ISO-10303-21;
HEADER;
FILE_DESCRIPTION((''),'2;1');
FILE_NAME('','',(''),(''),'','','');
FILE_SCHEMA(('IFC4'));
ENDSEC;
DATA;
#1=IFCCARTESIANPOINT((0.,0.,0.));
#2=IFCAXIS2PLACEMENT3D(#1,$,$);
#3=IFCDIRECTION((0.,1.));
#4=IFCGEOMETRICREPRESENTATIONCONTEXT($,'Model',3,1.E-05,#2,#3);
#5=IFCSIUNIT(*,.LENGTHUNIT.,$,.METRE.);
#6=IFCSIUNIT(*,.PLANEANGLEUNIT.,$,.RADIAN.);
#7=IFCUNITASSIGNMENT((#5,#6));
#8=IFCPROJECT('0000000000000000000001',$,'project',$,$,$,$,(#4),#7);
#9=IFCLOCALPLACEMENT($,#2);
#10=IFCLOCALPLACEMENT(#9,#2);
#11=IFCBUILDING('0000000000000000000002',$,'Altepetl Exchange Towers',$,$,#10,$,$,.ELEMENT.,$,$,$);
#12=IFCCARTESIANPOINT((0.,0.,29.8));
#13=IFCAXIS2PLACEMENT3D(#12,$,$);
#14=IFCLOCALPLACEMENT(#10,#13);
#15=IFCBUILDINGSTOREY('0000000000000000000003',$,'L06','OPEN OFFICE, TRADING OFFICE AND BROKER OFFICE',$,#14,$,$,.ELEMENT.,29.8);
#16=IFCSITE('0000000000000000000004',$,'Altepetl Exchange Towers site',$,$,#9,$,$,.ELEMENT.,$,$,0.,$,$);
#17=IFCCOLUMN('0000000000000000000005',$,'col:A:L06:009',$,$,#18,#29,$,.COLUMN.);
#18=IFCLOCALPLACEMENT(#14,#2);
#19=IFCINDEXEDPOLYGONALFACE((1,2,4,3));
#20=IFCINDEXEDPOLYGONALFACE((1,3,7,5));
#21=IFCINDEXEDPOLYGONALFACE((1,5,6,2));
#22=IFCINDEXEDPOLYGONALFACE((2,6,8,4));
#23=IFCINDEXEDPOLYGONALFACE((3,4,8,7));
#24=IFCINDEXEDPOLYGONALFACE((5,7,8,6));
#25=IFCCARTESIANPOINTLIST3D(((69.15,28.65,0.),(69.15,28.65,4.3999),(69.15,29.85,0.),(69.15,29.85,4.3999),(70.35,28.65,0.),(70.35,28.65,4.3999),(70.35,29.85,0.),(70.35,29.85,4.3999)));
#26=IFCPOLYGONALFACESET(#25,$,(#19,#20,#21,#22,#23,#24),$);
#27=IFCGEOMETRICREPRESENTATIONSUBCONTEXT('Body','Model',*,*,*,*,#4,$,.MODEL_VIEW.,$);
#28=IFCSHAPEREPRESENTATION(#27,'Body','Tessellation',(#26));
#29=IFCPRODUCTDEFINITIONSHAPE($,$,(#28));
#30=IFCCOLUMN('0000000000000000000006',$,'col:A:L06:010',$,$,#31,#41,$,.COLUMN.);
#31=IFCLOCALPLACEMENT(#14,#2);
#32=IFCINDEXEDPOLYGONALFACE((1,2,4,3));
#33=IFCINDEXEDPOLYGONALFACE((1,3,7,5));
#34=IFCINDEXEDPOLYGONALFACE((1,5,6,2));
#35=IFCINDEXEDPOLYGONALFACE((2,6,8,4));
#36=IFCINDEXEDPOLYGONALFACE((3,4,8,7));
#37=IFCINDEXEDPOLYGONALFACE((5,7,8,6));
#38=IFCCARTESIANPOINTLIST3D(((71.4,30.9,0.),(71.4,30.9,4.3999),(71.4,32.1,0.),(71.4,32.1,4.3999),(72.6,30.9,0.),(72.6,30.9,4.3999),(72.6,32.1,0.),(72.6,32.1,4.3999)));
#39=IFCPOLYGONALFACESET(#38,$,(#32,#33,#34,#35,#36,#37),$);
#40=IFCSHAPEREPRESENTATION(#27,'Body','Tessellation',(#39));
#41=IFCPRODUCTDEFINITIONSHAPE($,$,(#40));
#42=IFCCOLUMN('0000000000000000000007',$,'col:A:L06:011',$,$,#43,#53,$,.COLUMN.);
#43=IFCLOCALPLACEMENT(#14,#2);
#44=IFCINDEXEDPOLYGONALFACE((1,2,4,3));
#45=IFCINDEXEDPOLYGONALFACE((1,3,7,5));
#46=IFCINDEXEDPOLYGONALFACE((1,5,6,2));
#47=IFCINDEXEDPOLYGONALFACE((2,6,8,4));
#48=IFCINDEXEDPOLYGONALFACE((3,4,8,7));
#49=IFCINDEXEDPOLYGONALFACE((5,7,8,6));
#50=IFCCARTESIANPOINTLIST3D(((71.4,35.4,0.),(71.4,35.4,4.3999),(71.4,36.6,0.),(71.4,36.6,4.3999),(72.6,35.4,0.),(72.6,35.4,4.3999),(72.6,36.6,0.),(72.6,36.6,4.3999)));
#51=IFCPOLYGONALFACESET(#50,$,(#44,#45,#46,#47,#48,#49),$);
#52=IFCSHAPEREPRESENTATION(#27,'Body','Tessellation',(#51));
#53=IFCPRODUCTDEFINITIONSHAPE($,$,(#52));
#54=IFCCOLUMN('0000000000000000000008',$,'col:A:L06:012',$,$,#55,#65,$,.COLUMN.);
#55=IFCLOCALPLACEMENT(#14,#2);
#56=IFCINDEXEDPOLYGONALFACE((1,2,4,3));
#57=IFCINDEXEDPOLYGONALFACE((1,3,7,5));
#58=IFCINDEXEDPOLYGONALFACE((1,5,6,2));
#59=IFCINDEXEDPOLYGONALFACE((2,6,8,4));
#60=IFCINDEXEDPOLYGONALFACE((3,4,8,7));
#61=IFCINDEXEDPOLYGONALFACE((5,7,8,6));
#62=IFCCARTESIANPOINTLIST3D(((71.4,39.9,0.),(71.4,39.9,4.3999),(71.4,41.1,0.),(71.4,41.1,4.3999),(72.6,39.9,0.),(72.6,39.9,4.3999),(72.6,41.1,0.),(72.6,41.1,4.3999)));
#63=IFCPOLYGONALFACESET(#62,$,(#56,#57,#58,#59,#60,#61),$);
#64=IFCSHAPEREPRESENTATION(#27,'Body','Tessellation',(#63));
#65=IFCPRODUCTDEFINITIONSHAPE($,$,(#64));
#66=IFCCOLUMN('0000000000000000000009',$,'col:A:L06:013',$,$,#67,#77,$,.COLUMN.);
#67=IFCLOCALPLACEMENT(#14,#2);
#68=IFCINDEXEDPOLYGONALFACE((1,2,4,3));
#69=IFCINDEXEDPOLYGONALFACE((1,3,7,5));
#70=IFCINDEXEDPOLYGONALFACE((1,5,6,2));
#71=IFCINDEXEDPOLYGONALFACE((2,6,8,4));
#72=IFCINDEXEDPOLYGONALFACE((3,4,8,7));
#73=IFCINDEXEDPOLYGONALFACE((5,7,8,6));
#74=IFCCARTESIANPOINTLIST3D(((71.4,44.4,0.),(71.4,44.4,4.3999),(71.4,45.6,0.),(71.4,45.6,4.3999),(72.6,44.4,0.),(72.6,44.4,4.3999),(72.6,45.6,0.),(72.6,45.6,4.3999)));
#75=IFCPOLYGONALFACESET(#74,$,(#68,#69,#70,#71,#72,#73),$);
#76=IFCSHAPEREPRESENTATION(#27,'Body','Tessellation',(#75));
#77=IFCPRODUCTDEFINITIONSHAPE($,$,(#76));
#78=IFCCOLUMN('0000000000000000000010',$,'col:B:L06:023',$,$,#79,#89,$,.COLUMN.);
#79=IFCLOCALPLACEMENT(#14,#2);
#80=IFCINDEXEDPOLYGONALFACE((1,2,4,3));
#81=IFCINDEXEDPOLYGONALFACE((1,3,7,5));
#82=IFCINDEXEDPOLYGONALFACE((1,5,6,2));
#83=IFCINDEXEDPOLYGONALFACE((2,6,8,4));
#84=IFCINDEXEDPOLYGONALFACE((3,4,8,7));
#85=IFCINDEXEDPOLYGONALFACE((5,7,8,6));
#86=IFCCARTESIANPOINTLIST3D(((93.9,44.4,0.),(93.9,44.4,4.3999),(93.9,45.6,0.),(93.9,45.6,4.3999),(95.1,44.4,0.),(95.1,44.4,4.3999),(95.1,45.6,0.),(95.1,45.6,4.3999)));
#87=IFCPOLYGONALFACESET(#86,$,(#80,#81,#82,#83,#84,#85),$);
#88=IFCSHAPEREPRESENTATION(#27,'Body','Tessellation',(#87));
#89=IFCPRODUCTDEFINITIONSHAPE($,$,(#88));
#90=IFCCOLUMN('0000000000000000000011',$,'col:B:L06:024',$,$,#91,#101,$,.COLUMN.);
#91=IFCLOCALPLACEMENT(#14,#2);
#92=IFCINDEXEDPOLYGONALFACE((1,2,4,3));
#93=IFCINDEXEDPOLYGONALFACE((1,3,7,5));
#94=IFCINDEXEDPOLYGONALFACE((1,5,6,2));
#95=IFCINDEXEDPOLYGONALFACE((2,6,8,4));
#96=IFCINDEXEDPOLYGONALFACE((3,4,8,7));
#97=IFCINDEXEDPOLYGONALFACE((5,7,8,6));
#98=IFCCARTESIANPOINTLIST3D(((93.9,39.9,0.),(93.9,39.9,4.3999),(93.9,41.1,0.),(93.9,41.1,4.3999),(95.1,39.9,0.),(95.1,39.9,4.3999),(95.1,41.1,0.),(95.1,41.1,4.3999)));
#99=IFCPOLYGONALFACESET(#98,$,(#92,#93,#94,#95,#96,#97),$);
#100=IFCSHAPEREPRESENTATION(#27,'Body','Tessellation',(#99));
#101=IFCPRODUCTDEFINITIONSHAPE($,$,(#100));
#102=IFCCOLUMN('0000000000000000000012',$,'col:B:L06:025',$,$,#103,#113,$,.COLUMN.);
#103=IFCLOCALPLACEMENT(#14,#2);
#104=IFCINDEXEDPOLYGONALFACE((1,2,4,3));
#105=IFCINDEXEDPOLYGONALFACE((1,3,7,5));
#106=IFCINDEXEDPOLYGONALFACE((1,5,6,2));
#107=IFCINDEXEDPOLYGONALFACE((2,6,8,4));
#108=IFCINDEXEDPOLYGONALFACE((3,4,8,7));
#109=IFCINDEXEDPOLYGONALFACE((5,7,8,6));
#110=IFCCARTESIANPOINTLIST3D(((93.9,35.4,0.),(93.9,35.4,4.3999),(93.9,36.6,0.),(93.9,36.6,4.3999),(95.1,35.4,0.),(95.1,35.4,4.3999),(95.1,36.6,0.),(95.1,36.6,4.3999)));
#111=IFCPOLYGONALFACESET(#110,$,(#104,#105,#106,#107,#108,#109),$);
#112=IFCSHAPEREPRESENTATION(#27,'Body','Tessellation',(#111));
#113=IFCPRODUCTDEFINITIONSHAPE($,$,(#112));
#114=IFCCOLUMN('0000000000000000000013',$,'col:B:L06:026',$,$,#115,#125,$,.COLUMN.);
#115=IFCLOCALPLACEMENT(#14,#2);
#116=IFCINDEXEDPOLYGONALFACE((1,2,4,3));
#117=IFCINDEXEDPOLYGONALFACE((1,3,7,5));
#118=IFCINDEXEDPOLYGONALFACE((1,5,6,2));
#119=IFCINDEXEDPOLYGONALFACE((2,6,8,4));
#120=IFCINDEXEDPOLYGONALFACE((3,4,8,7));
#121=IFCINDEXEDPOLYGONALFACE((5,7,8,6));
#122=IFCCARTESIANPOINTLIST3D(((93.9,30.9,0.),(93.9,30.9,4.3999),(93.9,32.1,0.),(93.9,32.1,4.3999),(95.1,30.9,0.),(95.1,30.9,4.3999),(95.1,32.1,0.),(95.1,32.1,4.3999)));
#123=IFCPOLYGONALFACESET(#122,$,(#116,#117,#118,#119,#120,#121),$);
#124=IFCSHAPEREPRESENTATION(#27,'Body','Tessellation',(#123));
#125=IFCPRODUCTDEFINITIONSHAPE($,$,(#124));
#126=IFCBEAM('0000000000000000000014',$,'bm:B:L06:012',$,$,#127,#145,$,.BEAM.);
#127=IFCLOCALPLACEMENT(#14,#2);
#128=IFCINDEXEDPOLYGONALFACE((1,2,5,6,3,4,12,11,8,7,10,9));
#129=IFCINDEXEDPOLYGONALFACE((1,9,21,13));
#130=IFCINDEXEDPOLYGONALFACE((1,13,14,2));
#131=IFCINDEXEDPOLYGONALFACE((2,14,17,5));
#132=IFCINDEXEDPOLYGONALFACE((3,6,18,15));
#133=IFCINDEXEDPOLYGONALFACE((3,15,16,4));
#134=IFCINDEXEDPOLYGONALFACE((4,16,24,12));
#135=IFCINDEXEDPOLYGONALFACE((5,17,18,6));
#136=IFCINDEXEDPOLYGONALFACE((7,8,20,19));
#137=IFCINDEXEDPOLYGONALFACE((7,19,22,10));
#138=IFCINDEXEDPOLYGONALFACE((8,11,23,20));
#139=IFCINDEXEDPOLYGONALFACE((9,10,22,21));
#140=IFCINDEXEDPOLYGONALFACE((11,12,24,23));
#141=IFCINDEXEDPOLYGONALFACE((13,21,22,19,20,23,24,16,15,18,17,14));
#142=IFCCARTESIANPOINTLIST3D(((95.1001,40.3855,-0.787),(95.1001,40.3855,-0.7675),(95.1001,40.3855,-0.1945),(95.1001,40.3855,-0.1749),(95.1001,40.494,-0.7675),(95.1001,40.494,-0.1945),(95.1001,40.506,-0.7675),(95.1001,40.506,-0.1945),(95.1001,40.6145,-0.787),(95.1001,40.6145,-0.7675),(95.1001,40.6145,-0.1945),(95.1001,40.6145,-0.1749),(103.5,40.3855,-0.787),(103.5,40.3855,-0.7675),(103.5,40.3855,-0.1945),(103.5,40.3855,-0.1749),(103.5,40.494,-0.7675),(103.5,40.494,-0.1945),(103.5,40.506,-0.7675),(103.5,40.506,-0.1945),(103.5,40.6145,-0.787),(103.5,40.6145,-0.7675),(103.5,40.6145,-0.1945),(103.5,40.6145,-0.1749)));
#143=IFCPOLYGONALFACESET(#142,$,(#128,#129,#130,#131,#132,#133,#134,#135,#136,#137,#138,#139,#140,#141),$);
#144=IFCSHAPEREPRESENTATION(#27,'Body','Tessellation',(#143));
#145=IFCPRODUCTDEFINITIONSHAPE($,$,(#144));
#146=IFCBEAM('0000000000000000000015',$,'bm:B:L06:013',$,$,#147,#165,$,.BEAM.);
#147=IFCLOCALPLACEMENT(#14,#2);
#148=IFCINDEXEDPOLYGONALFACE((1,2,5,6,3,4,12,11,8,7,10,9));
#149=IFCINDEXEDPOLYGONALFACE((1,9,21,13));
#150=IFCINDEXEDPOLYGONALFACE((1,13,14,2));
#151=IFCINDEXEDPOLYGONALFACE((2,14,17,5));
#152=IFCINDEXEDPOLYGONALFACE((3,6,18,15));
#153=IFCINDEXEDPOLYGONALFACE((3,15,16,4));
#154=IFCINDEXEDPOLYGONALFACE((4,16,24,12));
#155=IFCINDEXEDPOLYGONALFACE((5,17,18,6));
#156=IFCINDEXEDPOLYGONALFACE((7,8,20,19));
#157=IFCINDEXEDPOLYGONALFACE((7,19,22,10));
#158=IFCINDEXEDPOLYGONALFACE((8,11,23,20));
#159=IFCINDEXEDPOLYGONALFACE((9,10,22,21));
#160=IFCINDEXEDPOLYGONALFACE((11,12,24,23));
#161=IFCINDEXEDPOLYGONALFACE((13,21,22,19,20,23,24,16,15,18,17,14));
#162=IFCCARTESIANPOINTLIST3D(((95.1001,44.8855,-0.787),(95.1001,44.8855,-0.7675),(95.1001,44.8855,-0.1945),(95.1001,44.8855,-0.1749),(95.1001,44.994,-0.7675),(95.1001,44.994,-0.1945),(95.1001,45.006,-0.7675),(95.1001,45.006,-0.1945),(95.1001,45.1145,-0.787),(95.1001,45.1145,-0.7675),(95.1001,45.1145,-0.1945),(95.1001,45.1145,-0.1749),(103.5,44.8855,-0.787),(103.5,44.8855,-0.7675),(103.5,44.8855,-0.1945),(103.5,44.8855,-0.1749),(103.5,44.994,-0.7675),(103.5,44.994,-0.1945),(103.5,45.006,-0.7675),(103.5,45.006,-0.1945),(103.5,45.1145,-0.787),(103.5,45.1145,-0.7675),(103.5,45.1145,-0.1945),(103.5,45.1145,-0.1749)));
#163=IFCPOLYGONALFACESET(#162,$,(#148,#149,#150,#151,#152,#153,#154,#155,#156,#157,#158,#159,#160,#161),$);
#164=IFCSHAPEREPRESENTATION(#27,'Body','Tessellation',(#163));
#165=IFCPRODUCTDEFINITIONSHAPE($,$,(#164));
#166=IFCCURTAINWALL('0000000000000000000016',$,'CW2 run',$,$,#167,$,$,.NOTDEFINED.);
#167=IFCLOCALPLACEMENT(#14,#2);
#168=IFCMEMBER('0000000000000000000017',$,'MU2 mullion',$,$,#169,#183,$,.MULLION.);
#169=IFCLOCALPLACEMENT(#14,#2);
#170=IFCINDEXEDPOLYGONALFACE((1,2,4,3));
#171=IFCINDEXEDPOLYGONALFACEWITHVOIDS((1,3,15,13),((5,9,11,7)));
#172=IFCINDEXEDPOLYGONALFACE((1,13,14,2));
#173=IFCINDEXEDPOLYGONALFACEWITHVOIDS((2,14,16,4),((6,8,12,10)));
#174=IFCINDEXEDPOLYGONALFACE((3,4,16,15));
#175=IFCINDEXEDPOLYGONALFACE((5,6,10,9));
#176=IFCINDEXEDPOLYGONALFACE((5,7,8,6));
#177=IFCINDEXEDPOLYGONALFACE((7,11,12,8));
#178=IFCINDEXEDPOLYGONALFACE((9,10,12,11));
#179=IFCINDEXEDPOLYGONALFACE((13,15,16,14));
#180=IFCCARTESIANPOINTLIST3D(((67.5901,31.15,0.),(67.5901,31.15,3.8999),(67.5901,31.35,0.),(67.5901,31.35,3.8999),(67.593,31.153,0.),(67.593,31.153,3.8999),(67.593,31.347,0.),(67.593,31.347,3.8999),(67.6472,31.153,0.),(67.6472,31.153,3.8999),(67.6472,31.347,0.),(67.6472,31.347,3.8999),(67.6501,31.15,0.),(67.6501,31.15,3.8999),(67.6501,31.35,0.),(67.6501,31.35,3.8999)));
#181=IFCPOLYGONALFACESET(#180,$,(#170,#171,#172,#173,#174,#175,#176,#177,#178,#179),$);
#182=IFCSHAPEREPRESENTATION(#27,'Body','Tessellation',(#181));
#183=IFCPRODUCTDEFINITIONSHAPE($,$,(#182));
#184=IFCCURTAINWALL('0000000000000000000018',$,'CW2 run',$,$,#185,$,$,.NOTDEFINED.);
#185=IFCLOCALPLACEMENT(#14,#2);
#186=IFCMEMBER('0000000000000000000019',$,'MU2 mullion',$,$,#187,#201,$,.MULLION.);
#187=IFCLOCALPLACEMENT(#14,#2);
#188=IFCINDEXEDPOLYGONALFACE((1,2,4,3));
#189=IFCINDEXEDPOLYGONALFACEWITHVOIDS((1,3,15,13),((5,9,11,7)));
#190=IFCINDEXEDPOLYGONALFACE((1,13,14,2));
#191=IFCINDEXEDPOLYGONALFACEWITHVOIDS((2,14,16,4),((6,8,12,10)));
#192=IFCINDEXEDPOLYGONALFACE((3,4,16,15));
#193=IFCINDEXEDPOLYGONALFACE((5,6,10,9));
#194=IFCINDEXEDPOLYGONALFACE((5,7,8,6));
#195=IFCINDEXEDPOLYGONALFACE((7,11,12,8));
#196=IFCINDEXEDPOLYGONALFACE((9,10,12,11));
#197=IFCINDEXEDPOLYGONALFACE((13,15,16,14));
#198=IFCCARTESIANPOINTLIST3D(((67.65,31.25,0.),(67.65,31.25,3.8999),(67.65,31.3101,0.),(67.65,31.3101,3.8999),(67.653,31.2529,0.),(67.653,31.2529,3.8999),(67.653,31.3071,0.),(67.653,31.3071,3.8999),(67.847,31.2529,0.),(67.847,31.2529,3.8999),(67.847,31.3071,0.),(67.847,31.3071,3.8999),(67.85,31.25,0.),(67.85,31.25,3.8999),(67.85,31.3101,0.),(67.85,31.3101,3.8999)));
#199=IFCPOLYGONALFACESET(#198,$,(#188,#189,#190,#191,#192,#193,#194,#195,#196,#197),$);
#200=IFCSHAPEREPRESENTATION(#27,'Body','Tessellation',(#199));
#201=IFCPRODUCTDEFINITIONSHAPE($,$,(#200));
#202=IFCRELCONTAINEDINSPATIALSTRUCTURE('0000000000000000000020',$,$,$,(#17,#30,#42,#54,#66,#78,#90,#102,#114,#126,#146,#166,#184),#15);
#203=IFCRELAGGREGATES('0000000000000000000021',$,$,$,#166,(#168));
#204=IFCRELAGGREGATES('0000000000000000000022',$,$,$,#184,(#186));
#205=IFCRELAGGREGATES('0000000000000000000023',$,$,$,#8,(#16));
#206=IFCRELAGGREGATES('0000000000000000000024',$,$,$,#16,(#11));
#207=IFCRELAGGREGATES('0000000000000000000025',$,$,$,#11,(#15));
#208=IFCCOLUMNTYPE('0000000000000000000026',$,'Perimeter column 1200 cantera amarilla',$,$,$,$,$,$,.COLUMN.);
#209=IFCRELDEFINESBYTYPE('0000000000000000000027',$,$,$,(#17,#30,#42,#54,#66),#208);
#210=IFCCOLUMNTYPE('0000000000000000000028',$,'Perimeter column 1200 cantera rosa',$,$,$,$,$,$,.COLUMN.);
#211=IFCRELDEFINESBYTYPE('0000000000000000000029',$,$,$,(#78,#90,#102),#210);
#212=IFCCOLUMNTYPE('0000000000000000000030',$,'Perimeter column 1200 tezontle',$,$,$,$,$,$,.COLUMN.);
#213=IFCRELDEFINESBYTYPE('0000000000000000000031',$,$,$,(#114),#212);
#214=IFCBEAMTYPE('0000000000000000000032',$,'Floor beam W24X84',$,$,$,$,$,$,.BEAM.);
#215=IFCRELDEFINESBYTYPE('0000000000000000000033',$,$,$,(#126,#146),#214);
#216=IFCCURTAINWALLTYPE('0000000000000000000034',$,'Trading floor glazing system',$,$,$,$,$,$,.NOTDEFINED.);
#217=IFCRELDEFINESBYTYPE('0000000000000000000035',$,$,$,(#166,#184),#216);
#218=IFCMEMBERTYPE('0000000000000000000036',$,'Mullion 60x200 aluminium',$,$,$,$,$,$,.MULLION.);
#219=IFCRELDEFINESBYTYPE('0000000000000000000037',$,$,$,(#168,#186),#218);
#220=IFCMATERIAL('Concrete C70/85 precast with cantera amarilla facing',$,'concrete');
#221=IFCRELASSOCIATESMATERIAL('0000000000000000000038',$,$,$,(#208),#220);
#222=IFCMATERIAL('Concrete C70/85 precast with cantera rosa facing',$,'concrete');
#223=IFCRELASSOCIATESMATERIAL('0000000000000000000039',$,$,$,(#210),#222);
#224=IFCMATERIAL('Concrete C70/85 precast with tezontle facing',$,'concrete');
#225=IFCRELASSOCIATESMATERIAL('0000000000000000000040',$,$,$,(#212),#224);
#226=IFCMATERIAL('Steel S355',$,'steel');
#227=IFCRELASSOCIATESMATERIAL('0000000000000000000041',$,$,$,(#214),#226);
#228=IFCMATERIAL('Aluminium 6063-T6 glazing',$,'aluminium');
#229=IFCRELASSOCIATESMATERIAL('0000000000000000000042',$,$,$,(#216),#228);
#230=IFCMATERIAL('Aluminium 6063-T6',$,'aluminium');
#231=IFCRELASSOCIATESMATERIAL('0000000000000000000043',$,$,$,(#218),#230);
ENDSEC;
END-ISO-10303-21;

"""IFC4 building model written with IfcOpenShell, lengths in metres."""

from ifc_helpers import new_model, si_unit, direction, frame, origin, origin_2d, place, context, subcontext, project, spatial, rectangle, hollow_rectangle, i_section, extrude, material, material_profile, profile_set, type_object, element, aggregate, save


model = new_model("IFC4")

# Units and contexts
model_context = context("Model", 3, precision=1e-05, world=origin(), true_north=direction((0.0, 1.0)))
body_context = subcontext(model_context, "Body", "Model", "MODEL_VIEW")
ifc_project = project(units=[si_unit("LENGTHUNIT", "METRE"), si_unit("PLANEANGLEUNIT", "RADIAN")], contexts=[model_context])

# Site, building, storey
site_placement = place(None, origin())
site = spatial("IfcSite", under=ifc_project, at=site_placement, Name="Altepetl Exchange Towers site", CompositionType="ELEMENT", RefElevation=0.0)
building_placement = place(site_placement, origin())
building = spatial("IfcBuilding", under=site, at=building_placement, Name="Altepetl Exchange Towers", CompositionType="ELEMENT")
storey_placement = place(building_placement, frame((0.0, 0.0, 29.8)))
storey = spatial("IfcBuildingStorey", under=building, at=storey_placement, Name="L06", Description="OPEN OFFICE, TRADING OFFICE AND BROKER OFFICE", CompositionType="ELEMENT", Elevation=29.8)

# Columns
ifc_material_1 = material(Name="Concrete C70/85 precast with cantera amarilla facing", Category="concrete")
ifc_material_profile_1 = material_profile(ifc_material_1, rectangle(XDim=1.2, YDim=1.2, at=origin_2d()), Name="1200 x 1200")
ifc_profile_set_1 = profile_set([ifc_material_profile_1], Name="Concrete C70/85 precast with cantera amarilla facing")
column_type_1 = type_object("IfcColumnType", Name="Perimeter column 1200 cantera amarilla", PredefinedType="COLUMN", material=ifc_profile_set_1)
for number, where, name in (
    (1, (69.75, 29.25, 0.0), "col:A:L06:009"),
    (2, (72.0, 31.5, 0.0), "col:A:L06:010"),
    (3, (72.0, 36.0, 0.0), "col:A:L06:011"),
    (4, (72.0, 40.5, 0.0), "col:A:L06:012"),
    (5, (72.0, 45.0, 0.0), "col:A:L06:013"),
):
    element("IfcColumn", number, at=place(storey_placement, frame(where)), inside=storey, type_object=column_type_1, Name=name, PredefinedType="COLUMN", context=body_context, shape_type="SweptSolid", body=[
        extrude(rectangle(XDim=1.2, YDim=1.2, at=origin_2d()), origin(), (0.0, 0.0, 1.0), 4.3999),
    ])
ifc_material_2 = material(Name="Concrete C70/85 precast with cantera rosa facing", Category="concrete")
ifc_material_profile_2 = material_profile(ifc_material_2, rectangle(XDim=1.2, YDim=1.2, at=origin_2d()), Name="1200 x 1200")
ifc_profile_set_2 = profile_set([ifc_material_profile_2], Name="Concrete C70/85 precast with cantera rosa facing")
column_type_2 = type_object("IfcColumnType", Name="Perimeter column 1200 cantera rosa", PredefinedType="COLUMN", material=ifc_profile_set_2)
for number, where, name in (
    (6, (94.5, 45.0, 0.0), "col:B:L06:023"),
    (7, (94.5, 40.5, 0.0), "col:B:L06:024"),
    (8, (94.5, 36.0, 0.0), "col:B:L06:025"),
):
    element("IfcColumn", number, at=place(storey_placement, frame(where)), inside=storey, type_object=column_type_2, Name=name, PredefinedType="COLUMN", context=body_context, shape_type="SweptSolid", body=[
        extrude(rectangle(XDim=1.2, YDim=1.2, at=origin_2d()), origin(), (0.0, 0.0, 1.0), 4.3999),
    ])
ifc_material_3 = material(Name="Concrete C70/85 precast with tezontle facing", Category="concrete")
ifc_material_profile_3 = material_profile(ifc_material_3, rectangle(XDim=1.2, YDim=1.2, at=origin_2d()), Name="1200 x 1200")
ifc_profile_set_3 = profile_set([ifc_material_profile_3], Name="Concrete C70/85 precast with tezontle facing")
column_type_3 = type_object("IfcColumnType", Name="Perimeter column 1200 tezontle", PredefinedType="COLUMN", material=ifc_profile_set_3)
column_placement = place(storey_placement, frame((94.5, 31.5, 0.0)))
element("IfcColumn", 9, at=column_placement, inside=storey, type_object=column_type_3, Name="col:B:L06:026", PredefinedType="COLUMN", context=body_context, shape_type="SweptSolid", body=[
    extrude(rectangle(XDim=1.2, YDim=1.2, at=origin_2d()), origin(), (0.0, 0.0, 1.0), 4.3999),
])

# Beams
ifc_material_4 = material(Name="Steel S355", Category="steel")
ifc_material_profile_4 = material_profile(ifc_material_4, i_section(OverallWidth=0.229, OverallDepth=0.6121, WebThickness=0.012, FlangeThickness=0.0195, at=origin_2d()), Name="W24X84")
ifc_profile_set_4 = profile_set([ifc_material_profile_4], Name="Steel S355")
beam_type_1 = type_object("IfcBeamType", Name="Floor beam W24X84", PredefinedType="BEAM", material=ifc_profile_set_4)
for number, where, z_axis, x_axis, name in (
    (10, (95.1001, 40.5, -0.481), (1.0, 0.0, 0.0), (0.0, 1.0, 0.0), "bm:B:L06:012"),
    (11, (95.1001, 45.0, -0.481), (1.0, 0.0, 0.0), (0.0, 1.0, 0.0), "bm:B:L06:013"),
):
    element("IfcBeam", number, at=place(storey_placement, frame(where, z_axis=z_axis, x_axis=x_axis)), inside=storey, type_object=beam_type_1, Name=name, PredefinedType="BEAM", context=body_context, shape_type="SweptSolid", body=[
        extrude(i_section(OverallWidth=0.229, OverallDepth=0.6121, WebThickness=0.012, FlangeThickness=0.0195, at=origin_2d()), origin(), (0.0, 0.0, 1.0), 8.3999),
    ])

# Curtain wall, member
ifc_material_5 = material(Name="Aluminium 6063-T6 glazing", Category="aluminium")
curtain_wall_type = type_object("IfcCurtainWallType", Name="Trading floor glazing system", PredefinedType="NOTDEFINED", material=ifc_material_5)
curtain_wall_1_placement = place(storey_placement, origin())
curtain_wall_1 = element("IfcCurtainWall", 12, at=curtain_wall_1_placement, inside=storey, type_object=curtain_wall_type, Name="CW2 run", PredefinedType="NOTDEFINED")
ifc_material_6 = material(Name="Aluminium 6063-T6", Category="aluminium")
ifc_material_profile_5 = material_profile(ifc_material_6, hollow_rectangle(XDim=0.0601, YDim=0.2, WallThickness=0.0029, at=origin_2d()), Name="Mullion 60x200 aluminium")
ifc_profile_set_5 = profile_set([ifc_material_profile_5], Name="Aluminium 6063-T6")
member_type = type_object("IfcMemberType", Name="Mullion 60x200 aluminium", PredefinedType="MULLION", material=ifc_profile_set_5)
member_1_placement = place(storey_placement, frame((67.6201, 31.25, 0.0)))
member_1 = element("IfcMember", 13, at=member_1_placement, type_object=member_type, Name="MU2 mullion", PredefinedType="MULLION", context=body_context, shape_type="SweptSolid", body=[
    extrude(hollow_rectangle(XDim=0.0601, YDim=0.2, WallThickness=0.0029, at=origin_2d()), origin(), (0.0, 0.0, 1.0), 3.8999),
])
aggregate(curtain_wall_1, [member_1])

# Curtain wall, member
curtain_wall_2_placement = place(storey_placement, origin())
curtain_wall_2 = element("IfcCurtainWall", 14, at=curtain_wall_2_placement, inside=storey, type_object=curtain_wall_type, Name="CW2 run", PredefinedType="NOTDEFINED")
member_2_placement = place(storey_placement, frame((67.75, 31.28, 0.0), z_axis=(0.0, 0.0, 1.0), x_axis=(0.0, 1.0, 0.0)))
member_2 = element("IfcMember", 15, at=member_2_placement, type_object=member_type, Name="MU2 mullion", PredefinedType="MULLION", context=body_context, shape_type="SweptSolid", body=[
    extrude(hollow_rectangle(XDim=0.0601, YDim=0.2, WallThickness=0.0029, at=origin_2d()), origin(), (0.0, 0.0, 1.0), 3.8999),
])

aggregate(curtain_wall_2, [member_2])

save(model, "model.ifc")
